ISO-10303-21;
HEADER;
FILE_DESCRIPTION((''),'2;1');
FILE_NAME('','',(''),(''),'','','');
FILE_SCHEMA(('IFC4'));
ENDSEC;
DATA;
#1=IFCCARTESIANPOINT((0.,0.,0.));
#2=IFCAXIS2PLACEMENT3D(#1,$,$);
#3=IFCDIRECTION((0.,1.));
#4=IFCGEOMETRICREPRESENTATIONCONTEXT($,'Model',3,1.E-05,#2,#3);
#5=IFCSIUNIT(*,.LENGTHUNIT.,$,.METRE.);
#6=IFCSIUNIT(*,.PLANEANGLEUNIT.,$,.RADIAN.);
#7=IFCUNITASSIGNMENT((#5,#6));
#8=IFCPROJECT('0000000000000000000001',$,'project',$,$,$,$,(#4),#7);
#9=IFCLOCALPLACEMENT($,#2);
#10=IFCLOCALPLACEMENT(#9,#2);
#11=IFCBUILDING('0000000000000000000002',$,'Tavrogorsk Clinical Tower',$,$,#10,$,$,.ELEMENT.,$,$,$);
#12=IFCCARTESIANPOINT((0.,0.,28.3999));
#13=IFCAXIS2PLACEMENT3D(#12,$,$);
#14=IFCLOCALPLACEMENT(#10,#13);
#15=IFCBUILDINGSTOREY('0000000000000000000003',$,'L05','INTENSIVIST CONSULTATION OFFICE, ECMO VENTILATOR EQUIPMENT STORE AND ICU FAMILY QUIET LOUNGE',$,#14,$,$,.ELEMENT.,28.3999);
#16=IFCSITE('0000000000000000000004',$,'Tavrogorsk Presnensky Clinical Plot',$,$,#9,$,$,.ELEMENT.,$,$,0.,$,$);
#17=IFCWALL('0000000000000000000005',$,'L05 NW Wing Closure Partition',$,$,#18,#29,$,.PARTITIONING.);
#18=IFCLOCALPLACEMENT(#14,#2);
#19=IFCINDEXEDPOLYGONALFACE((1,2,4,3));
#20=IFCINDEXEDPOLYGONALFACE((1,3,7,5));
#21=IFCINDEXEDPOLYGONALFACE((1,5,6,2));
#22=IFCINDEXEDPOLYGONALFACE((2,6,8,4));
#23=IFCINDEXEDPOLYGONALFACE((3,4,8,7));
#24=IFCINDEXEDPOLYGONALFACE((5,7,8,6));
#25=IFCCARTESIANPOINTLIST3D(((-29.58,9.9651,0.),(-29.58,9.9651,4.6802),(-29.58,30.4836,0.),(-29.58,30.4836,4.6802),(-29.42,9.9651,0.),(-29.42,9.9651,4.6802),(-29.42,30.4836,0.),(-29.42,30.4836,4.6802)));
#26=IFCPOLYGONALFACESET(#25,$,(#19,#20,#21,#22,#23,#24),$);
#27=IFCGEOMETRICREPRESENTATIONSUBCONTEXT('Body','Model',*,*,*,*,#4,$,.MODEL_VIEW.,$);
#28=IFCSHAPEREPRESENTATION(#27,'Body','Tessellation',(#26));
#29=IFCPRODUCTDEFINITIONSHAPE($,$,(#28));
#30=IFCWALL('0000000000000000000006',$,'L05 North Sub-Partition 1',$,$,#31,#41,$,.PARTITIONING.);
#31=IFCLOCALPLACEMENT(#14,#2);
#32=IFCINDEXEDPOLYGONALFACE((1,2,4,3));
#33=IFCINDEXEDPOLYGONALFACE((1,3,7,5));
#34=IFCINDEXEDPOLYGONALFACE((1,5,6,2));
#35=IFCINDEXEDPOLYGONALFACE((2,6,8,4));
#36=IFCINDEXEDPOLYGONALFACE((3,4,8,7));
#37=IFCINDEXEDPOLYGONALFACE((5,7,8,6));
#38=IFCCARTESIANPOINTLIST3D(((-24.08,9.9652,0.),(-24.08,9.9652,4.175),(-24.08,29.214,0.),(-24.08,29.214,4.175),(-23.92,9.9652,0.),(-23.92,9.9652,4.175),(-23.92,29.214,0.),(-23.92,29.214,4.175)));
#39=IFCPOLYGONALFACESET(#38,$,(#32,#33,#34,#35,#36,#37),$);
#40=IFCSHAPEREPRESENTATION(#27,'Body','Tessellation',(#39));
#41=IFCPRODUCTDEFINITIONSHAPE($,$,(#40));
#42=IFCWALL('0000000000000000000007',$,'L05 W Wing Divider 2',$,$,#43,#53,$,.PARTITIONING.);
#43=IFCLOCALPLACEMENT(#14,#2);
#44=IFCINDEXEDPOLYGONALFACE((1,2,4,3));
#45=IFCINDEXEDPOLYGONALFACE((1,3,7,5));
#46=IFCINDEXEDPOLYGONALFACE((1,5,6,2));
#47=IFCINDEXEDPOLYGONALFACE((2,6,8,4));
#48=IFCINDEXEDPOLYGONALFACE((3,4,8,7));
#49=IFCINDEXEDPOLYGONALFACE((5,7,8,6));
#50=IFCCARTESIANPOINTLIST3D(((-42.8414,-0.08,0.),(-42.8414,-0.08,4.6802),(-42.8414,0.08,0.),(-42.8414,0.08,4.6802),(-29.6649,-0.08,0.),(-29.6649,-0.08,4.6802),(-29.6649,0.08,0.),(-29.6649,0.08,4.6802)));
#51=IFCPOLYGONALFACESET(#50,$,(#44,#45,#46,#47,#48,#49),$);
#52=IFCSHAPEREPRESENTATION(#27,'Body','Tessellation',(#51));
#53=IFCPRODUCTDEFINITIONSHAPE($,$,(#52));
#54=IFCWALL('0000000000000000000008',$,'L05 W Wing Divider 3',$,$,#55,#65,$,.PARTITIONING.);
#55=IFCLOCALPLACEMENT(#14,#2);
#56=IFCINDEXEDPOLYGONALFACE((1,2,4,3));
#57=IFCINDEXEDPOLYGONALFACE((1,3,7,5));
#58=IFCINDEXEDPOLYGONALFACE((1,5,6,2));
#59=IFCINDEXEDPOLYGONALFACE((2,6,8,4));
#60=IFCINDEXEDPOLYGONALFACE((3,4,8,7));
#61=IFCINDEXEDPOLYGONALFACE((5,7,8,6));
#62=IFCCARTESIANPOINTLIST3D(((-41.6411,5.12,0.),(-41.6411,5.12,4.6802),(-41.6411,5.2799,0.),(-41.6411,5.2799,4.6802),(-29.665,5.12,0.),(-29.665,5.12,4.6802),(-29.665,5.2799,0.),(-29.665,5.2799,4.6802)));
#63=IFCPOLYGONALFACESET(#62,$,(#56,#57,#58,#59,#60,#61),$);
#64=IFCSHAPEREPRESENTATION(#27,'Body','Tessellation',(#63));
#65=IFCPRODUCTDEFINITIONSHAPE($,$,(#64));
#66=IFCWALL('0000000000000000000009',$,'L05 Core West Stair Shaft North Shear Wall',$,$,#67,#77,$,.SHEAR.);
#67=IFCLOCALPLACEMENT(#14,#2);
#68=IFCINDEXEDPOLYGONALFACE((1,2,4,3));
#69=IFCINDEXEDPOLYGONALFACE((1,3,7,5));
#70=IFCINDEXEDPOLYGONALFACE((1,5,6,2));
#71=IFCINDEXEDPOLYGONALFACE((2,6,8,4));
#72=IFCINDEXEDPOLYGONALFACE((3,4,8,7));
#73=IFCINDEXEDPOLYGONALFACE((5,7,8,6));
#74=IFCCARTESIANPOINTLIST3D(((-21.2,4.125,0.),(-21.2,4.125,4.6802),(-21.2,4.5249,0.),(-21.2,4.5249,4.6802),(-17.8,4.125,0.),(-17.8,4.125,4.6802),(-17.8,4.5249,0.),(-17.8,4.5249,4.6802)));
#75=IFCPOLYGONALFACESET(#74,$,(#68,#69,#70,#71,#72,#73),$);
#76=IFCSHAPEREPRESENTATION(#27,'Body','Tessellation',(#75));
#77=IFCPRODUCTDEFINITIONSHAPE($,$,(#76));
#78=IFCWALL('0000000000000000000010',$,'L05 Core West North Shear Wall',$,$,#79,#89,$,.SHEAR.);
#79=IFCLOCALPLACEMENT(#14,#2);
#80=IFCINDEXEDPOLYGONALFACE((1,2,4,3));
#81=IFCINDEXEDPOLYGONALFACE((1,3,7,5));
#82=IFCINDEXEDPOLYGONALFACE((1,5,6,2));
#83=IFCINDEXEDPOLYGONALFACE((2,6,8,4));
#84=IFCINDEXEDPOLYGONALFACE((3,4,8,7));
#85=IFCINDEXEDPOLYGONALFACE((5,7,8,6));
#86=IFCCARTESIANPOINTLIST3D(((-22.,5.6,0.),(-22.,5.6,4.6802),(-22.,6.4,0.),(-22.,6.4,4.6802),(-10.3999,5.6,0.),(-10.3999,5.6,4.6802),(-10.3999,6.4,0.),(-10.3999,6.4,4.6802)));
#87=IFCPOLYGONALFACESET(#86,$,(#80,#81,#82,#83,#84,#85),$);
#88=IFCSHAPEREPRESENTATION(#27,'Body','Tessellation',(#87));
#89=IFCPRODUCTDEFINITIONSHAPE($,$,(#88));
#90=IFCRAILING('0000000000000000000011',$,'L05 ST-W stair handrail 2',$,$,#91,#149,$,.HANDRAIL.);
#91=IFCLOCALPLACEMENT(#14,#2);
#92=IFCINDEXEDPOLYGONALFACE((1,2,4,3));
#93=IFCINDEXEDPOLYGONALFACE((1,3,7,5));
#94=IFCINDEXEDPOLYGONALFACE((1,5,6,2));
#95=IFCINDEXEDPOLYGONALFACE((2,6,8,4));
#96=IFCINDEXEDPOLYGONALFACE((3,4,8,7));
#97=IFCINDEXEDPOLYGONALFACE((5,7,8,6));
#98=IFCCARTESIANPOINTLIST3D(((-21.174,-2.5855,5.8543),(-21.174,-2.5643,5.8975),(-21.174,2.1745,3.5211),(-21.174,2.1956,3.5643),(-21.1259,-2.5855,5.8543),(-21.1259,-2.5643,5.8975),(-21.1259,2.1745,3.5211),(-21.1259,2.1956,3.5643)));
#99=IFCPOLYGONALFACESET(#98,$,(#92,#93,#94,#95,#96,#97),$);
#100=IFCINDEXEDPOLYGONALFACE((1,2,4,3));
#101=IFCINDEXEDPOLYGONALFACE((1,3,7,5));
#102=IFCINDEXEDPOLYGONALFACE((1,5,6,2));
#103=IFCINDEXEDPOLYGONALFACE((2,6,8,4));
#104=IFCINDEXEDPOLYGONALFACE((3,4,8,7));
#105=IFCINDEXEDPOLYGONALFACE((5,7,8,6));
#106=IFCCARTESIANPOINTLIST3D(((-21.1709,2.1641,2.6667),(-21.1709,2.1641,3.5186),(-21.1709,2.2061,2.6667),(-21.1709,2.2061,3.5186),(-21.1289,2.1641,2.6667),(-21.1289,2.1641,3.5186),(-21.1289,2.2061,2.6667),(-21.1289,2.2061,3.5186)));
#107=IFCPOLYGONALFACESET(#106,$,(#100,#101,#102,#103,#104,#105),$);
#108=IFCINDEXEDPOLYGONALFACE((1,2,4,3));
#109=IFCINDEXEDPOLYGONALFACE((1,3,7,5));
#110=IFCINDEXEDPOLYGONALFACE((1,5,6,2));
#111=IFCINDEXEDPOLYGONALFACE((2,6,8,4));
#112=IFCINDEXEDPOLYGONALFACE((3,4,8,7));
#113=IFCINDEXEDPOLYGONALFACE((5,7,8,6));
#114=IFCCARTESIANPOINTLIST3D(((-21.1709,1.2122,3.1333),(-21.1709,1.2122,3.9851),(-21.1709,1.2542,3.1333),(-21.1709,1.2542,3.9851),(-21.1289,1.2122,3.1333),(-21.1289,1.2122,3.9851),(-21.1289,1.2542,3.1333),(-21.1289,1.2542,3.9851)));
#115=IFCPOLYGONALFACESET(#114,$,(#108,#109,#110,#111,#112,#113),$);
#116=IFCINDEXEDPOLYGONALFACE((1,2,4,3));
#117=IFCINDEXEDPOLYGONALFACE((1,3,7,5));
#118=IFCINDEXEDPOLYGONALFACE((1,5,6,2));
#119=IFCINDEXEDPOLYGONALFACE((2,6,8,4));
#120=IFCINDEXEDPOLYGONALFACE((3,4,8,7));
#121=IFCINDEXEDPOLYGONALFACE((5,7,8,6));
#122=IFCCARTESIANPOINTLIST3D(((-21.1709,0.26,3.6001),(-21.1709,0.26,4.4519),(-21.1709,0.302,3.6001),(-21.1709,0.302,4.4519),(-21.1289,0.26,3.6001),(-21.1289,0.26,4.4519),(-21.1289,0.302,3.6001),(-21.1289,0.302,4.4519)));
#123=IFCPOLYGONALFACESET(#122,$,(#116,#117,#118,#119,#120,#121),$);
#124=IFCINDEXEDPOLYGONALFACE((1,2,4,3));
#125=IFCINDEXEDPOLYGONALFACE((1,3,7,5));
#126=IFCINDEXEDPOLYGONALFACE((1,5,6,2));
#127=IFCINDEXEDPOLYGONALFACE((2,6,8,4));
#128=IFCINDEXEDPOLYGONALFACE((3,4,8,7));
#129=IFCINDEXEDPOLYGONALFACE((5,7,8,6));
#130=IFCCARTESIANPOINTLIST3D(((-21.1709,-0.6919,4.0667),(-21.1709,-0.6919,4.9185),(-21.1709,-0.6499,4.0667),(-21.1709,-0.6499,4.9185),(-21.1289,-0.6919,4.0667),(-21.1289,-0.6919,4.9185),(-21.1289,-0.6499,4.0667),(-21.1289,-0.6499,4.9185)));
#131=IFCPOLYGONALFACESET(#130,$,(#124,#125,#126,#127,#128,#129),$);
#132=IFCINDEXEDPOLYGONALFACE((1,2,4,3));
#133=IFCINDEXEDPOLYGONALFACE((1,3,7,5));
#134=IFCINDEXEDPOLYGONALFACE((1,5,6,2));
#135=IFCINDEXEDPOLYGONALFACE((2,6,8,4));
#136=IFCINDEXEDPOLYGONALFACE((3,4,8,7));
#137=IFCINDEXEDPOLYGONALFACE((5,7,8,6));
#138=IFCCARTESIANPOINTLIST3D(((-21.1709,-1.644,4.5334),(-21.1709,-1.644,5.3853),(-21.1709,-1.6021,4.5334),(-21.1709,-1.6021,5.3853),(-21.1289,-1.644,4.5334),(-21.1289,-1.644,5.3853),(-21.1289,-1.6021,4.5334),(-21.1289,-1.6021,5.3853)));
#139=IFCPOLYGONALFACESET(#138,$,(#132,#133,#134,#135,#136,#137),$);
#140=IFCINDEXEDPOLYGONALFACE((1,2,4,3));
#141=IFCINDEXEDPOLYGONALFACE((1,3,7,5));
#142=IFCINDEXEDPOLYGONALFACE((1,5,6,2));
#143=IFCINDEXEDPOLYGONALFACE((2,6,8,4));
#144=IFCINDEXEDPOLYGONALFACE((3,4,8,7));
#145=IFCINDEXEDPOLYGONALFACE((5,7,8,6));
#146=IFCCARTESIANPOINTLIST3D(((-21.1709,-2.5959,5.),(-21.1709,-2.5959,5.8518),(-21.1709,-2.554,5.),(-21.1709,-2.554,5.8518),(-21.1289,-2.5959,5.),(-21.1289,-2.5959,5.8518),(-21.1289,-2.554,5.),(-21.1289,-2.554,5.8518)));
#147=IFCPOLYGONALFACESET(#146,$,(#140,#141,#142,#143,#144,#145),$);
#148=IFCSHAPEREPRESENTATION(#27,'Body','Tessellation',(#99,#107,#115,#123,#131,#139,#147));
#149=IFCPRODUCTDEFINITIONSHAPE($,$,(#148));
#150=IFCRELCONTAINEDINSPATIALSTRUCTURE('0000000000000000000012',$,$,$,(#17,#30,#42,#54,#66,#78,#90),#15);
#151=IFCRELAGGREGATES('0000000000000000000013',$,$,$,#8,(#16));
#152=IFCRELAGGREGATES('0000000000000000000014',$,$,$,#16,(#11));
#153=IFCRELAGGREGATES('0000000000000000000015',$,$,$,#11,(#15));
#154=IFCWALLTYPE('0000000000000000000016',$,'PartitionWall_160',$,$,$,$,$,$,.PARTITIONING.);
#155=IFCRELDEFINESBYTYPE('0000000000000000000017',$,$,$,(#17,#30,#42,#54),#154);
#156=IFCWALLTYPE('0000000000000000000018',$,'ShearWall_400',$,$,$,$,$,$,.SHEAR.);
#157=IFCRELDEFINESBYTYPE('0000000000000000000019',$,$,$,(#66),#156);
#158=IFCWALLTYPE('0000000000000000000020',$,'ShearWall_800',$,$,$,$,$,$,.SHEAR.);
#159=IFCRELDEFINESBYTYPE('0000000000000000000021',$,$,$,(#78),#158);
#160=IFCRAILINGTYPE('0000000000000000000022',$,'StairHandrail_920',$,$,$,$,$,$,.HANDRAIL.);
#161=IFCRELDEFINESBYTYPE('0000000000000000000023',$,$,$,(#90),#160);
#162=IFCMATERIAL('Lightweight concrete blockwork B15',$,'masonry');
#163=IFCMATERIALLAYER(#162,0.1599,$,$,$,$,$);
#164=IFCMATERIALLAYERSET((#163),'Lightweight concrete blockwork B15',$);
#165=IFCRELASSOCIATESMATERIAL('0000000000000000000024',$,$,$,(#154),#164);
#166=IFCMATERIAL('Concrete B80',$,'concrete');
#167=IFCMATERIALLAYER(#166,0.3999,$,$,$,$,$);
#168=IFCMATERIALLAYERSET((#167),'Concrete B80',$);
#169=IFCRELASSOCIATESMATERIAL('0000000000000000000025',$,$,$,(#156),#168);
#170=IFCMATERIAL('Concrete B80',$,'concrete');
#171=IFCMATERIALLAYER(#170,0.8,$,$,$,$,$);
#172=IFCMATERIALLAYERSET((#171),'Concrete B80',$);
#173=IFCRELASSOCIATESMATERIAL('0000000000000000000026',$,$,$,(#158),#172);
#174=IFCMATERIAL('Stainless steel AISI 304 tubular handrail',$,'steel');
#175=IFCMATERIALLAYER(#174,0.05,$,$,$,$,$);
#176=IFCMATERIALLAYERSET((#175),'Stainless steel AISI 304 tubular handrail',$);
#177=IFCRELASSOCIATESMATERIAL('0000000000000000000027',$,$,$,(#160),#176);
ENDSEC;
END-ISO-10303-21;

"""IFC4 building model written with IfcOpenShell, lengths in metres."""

from ifc_helpers import new_model, si_unit, direction, frame, frame_2d, origin, origin_2d, place, context, subcontext, project, spatial, rectangle, extrude, material, layer, layer_set, type_object, element, save


model = new_model("IFC4")

# Units and contexts
model_context = context("Model", 3, precision=1e-05, world=origin(), true_north=direction((0.0, 1.0)))
body_context = subcontext(model_context, "Body", "Model", "MODEL_VIEW")
ifc_project = project(units=[si_unit("LENGTHUNIT", "METRE"), si_unit("PLANEANGLEUNIT", "RADIAN")], contexts=[model_context])

# Site, building, storey
site_placement = place(None, origin())
site = spatial("IfcSite", under=ifc_project, at=site_placement, Name="Tavrogorsk Presnensky Clinical Plot", CompositionType="ELEMENT", RefElevation=0.0)
building_placement = place(site_placement, origin())
building = spatial("IfcBuilding", under=site, at=building_placement, Name="Tavrogorsk Clinical Tower", CompositionType="ELEMENT")
storey_placement = place(building_placement, frame((0.0, 0.0, 28.3999)))
storey = spatial("IfcBuildingStorey", under=building, at=storey_placement, Name="L05", Description="INTENSIVIST CONSULTATION OFFICE, ECMO VENTILATOR EQUIPMENT STORE AND ICU FAMILY QUIET LOUNGE", CompositionType="ELEMENT", Elevation=28.3999)

# Shared definitions
ifc_material_1 = material(Name="Lightweight concrete blockwork B15", Category="masonry")
ifc_layer_1 = layer(ifc_material_1, 0.1599)
ifc_layer_set_1 = layer_set([ifc_layer_1], Name="Lightweight concrete blockwork B15")
wall_type_1 = type_object("IfcWallType", Name="PartitionWall_160", PredefinedType="PARTITIONING", material=ifc_layer_set_1)

# Walls
wall_1_placement = place(storey_placement, frame((-29.5, 9.9651, 0.0), z_axis=(0.0, 0.0, 1.0), x_axis=(0.0, 1.0, 0.0)))
element("IfcWall", 1, at=wall_1_placement, inside=storey, type_object=wall_type_1, Name="L05 NW Wing Closure Partition", PredefinedType="PARTITIONING", context=body_context, shape_type="SweptSolid", body=[
    extrude(rectangle(XDim=20.5186, YDim=0.1599, at=frame_2d((10.2593, 0.0))), origin(), (0.0, 0.0, 1.0), 4.6802),
])
wall_2_placement = place(storey_placement, frame((-24.0, 9.9651, 0.0), z_axis=(0.0, 0.0, 1.0), x_axis=(0.0, 1.0, 0.0)))
element("IfcWall", 2, at=wall_2_placement, inside=storey, type_object=wall_type_1, Name="L05 North Sub-Partition 1", PredefinedType="PARTITIONING", context=body_context, shape_type="SweptSolid", body=[
    extrude(rectangle(XDim=19.2488, YDim=0.1599, at=frame_2d((9.6245, 0.0))), origin(), (0.0, 0.0, 1.0), 4.175),
])
wall_3_placement = place(storey_placement, frame((-42.8416, 0.0, 0.0), z_axis=(0.0, 0.0, 1.0), x_axis=(1.0, 0.0, 0.0)))
element("IfcWall", 3, at=wall_3_placement, inside=storey, type_object=wall_type_1, Name="L05 W Wing Divider 2", PredefinedType="PARTITIONING", context=body_context, shape_type="SweptSolid", body=[
    extrude(rectangle(XDim=13.1765, YDim=0.1599, at=frame_2d((6.5884, 0.0))), origin(), (0.0, 0.0, 1.0), 4.6802),
])
wall_4_placement = place(storey_placement, frame((-41.6411, 5.2, 0.0), z_axis=(0.0, 0.0, 1.0), x_axis=(1.0, 0.0, 0.0)))
element("IfcWall", 4, at=wall_4_placement, inside=storey, type_object=wall_type_1, Name="L05 W Wing Divider 3", PredefinedType="PARTITIONING", context=body_context, shape_type="SweptSolid", body=[
    extrude(rectangle(XDim=11.9761, YDim=0.1599, at=frame_2d((5.988, 0.0))), origin(), (0.0, 0.0, 1.0), 4.6802),
])
ifc_material_2 = material(Name="Concrete B80", Category="concrete")
ifc_layer_2 = layer(ifc_material_2, 0.3999)
ifc_layer_set_2 = layer_set([ifc_layer_2], Name="Concrete B80")
wall_type_2 = type_object("IfcWallType", Name="ShearWall_400", PredefinedType="SHEAR", material=ifc_layer_set_2)
wall_5_placement = place(storey_placement, frame((-21.2, 4.325, 0.0), z_axis=(0.0, 0.0, 1.0), x_axis=(1.0, 0.0, 0.0)))
element("IfcWall", 5, at=wall_5_placement, inside=storey, type_object=wall_type_2, Name="L05 Core West Stair Shaft North Shear Wall", PredefinedType="SHEAR", context=body_context, shape_type="SweptSolid", body=[
    extrude(rectangle(XDim=3.3999, YDim=0.3999, at=frame_2d((1.7, 0.0))), origin(), (0.0, 0.0, 1.0), 4.6802),
])
ifc_material_3 = material(Name="Concrete B80", Category="concrete")
ifc_layer_3 = layer(ifc_material_3, 0.8)
ifc_layer_set_3 = layer_set([ifc_layer_3], Name="Concrete B80")
wall_type_3 = type_object("IfcWallType", Name="ShearWall_800", PredefinedType="SHEAR", material=ifc_layer_set_3)
wall_6_placement = place(storey_placement, frame((-22.0, 6.0, 0.0), z_axis=(0.0, 0.0, 1.0), x_axis=(1.0, 0.0, 0.0)))
element("IfcWall", 6, at=wall_6_placement, inside=storey, type_object=wall_type_3, Name="L05 Core West North Shear Wall", PredefinedType="SHEAR", context=body_context, shape_type="SweptSolid", body=[
    extrude(rectangle(XDim=11.6001, YDim=0.8, at=frame_2d((5.8, 0.0))), origin(), (0.0, 0.0, 1.0), 4.6802),
])

# Railing
ifc_material_4 = material(Name="Stainless steel AISI 304 tubular handrail", Category="steel")
ifc_layer_4 = layer(ifc_material_4, 0.05)
ifc_layer_set_4 = layer_set([ifc_layer_4], Name="Stainless steel AISI 304 tubular handrail")
railing_type = type_object("IfcRailingType", Name="StairHandrail_920", PredefinedType="HANDRAIL", material=ifc_layer_set_4)
railing_placement = place(storey_placement, frame((-21.1499, 2.1851, 2.6667)))
element("IfcRailing", 7, at=railing_placement, inside=storey, type_object=railing_type, Name="L05 ST-W stair handrail 2", PredefinedType="HANDRAIL", context=body_context, shape_type="SweptSolid", body=[
    extrude(rectangle(XDim=0.0481, YDim=0.0481, at=origin_2d()), frame((0.0, 0.0, 0.876), z_axis=(0.0, -0.897927, 0.440144), x_axis=(1.0, 0.0, 0.0)), (0.0, 0.0, 1.0), 5.301),
    extrude(rectangle(XDim=0.042, YDim=0.042, at=origin_2d()), origin(), (0.0, 0.0, 1.0), 0.8518),
    extrude(rectangle(XDim=0.042, YDim=0.042, at=origin_2d()), frame((0.0, -0.9519, 0.4666)), (0.0, 0.0, 1.0), 0.8518),
    extrude(rectangle(XDim=0.042, YDim=0.042, at=origin_2d()), frame((0.0, -1.9041, 0.9333)), (0.0, 0.0, 1.0), 0.8518),
    extrude(rectangle(XDim=0.042, YDim=0.042, at=origin_2d()), frame((0.0, -2.856, 1.3999)), (0.0, 0.0, 1.0), 0.8518),
    extrude(rectangle(XDim=0.042, YDim=0.042, at=origin_2d()), frame((0.0, -3.8081, 1.8667)), (0.0, 0.0, 1.0), 0.8518),
    extrude(rectangle(XDim=0.042, YDim=0.042, at=origin_2d()), frame((0.0, -4.76, 2.3333)), (0.0, 0.0, 1.0), 0.8518),
])

save(model, "model.ifc")
